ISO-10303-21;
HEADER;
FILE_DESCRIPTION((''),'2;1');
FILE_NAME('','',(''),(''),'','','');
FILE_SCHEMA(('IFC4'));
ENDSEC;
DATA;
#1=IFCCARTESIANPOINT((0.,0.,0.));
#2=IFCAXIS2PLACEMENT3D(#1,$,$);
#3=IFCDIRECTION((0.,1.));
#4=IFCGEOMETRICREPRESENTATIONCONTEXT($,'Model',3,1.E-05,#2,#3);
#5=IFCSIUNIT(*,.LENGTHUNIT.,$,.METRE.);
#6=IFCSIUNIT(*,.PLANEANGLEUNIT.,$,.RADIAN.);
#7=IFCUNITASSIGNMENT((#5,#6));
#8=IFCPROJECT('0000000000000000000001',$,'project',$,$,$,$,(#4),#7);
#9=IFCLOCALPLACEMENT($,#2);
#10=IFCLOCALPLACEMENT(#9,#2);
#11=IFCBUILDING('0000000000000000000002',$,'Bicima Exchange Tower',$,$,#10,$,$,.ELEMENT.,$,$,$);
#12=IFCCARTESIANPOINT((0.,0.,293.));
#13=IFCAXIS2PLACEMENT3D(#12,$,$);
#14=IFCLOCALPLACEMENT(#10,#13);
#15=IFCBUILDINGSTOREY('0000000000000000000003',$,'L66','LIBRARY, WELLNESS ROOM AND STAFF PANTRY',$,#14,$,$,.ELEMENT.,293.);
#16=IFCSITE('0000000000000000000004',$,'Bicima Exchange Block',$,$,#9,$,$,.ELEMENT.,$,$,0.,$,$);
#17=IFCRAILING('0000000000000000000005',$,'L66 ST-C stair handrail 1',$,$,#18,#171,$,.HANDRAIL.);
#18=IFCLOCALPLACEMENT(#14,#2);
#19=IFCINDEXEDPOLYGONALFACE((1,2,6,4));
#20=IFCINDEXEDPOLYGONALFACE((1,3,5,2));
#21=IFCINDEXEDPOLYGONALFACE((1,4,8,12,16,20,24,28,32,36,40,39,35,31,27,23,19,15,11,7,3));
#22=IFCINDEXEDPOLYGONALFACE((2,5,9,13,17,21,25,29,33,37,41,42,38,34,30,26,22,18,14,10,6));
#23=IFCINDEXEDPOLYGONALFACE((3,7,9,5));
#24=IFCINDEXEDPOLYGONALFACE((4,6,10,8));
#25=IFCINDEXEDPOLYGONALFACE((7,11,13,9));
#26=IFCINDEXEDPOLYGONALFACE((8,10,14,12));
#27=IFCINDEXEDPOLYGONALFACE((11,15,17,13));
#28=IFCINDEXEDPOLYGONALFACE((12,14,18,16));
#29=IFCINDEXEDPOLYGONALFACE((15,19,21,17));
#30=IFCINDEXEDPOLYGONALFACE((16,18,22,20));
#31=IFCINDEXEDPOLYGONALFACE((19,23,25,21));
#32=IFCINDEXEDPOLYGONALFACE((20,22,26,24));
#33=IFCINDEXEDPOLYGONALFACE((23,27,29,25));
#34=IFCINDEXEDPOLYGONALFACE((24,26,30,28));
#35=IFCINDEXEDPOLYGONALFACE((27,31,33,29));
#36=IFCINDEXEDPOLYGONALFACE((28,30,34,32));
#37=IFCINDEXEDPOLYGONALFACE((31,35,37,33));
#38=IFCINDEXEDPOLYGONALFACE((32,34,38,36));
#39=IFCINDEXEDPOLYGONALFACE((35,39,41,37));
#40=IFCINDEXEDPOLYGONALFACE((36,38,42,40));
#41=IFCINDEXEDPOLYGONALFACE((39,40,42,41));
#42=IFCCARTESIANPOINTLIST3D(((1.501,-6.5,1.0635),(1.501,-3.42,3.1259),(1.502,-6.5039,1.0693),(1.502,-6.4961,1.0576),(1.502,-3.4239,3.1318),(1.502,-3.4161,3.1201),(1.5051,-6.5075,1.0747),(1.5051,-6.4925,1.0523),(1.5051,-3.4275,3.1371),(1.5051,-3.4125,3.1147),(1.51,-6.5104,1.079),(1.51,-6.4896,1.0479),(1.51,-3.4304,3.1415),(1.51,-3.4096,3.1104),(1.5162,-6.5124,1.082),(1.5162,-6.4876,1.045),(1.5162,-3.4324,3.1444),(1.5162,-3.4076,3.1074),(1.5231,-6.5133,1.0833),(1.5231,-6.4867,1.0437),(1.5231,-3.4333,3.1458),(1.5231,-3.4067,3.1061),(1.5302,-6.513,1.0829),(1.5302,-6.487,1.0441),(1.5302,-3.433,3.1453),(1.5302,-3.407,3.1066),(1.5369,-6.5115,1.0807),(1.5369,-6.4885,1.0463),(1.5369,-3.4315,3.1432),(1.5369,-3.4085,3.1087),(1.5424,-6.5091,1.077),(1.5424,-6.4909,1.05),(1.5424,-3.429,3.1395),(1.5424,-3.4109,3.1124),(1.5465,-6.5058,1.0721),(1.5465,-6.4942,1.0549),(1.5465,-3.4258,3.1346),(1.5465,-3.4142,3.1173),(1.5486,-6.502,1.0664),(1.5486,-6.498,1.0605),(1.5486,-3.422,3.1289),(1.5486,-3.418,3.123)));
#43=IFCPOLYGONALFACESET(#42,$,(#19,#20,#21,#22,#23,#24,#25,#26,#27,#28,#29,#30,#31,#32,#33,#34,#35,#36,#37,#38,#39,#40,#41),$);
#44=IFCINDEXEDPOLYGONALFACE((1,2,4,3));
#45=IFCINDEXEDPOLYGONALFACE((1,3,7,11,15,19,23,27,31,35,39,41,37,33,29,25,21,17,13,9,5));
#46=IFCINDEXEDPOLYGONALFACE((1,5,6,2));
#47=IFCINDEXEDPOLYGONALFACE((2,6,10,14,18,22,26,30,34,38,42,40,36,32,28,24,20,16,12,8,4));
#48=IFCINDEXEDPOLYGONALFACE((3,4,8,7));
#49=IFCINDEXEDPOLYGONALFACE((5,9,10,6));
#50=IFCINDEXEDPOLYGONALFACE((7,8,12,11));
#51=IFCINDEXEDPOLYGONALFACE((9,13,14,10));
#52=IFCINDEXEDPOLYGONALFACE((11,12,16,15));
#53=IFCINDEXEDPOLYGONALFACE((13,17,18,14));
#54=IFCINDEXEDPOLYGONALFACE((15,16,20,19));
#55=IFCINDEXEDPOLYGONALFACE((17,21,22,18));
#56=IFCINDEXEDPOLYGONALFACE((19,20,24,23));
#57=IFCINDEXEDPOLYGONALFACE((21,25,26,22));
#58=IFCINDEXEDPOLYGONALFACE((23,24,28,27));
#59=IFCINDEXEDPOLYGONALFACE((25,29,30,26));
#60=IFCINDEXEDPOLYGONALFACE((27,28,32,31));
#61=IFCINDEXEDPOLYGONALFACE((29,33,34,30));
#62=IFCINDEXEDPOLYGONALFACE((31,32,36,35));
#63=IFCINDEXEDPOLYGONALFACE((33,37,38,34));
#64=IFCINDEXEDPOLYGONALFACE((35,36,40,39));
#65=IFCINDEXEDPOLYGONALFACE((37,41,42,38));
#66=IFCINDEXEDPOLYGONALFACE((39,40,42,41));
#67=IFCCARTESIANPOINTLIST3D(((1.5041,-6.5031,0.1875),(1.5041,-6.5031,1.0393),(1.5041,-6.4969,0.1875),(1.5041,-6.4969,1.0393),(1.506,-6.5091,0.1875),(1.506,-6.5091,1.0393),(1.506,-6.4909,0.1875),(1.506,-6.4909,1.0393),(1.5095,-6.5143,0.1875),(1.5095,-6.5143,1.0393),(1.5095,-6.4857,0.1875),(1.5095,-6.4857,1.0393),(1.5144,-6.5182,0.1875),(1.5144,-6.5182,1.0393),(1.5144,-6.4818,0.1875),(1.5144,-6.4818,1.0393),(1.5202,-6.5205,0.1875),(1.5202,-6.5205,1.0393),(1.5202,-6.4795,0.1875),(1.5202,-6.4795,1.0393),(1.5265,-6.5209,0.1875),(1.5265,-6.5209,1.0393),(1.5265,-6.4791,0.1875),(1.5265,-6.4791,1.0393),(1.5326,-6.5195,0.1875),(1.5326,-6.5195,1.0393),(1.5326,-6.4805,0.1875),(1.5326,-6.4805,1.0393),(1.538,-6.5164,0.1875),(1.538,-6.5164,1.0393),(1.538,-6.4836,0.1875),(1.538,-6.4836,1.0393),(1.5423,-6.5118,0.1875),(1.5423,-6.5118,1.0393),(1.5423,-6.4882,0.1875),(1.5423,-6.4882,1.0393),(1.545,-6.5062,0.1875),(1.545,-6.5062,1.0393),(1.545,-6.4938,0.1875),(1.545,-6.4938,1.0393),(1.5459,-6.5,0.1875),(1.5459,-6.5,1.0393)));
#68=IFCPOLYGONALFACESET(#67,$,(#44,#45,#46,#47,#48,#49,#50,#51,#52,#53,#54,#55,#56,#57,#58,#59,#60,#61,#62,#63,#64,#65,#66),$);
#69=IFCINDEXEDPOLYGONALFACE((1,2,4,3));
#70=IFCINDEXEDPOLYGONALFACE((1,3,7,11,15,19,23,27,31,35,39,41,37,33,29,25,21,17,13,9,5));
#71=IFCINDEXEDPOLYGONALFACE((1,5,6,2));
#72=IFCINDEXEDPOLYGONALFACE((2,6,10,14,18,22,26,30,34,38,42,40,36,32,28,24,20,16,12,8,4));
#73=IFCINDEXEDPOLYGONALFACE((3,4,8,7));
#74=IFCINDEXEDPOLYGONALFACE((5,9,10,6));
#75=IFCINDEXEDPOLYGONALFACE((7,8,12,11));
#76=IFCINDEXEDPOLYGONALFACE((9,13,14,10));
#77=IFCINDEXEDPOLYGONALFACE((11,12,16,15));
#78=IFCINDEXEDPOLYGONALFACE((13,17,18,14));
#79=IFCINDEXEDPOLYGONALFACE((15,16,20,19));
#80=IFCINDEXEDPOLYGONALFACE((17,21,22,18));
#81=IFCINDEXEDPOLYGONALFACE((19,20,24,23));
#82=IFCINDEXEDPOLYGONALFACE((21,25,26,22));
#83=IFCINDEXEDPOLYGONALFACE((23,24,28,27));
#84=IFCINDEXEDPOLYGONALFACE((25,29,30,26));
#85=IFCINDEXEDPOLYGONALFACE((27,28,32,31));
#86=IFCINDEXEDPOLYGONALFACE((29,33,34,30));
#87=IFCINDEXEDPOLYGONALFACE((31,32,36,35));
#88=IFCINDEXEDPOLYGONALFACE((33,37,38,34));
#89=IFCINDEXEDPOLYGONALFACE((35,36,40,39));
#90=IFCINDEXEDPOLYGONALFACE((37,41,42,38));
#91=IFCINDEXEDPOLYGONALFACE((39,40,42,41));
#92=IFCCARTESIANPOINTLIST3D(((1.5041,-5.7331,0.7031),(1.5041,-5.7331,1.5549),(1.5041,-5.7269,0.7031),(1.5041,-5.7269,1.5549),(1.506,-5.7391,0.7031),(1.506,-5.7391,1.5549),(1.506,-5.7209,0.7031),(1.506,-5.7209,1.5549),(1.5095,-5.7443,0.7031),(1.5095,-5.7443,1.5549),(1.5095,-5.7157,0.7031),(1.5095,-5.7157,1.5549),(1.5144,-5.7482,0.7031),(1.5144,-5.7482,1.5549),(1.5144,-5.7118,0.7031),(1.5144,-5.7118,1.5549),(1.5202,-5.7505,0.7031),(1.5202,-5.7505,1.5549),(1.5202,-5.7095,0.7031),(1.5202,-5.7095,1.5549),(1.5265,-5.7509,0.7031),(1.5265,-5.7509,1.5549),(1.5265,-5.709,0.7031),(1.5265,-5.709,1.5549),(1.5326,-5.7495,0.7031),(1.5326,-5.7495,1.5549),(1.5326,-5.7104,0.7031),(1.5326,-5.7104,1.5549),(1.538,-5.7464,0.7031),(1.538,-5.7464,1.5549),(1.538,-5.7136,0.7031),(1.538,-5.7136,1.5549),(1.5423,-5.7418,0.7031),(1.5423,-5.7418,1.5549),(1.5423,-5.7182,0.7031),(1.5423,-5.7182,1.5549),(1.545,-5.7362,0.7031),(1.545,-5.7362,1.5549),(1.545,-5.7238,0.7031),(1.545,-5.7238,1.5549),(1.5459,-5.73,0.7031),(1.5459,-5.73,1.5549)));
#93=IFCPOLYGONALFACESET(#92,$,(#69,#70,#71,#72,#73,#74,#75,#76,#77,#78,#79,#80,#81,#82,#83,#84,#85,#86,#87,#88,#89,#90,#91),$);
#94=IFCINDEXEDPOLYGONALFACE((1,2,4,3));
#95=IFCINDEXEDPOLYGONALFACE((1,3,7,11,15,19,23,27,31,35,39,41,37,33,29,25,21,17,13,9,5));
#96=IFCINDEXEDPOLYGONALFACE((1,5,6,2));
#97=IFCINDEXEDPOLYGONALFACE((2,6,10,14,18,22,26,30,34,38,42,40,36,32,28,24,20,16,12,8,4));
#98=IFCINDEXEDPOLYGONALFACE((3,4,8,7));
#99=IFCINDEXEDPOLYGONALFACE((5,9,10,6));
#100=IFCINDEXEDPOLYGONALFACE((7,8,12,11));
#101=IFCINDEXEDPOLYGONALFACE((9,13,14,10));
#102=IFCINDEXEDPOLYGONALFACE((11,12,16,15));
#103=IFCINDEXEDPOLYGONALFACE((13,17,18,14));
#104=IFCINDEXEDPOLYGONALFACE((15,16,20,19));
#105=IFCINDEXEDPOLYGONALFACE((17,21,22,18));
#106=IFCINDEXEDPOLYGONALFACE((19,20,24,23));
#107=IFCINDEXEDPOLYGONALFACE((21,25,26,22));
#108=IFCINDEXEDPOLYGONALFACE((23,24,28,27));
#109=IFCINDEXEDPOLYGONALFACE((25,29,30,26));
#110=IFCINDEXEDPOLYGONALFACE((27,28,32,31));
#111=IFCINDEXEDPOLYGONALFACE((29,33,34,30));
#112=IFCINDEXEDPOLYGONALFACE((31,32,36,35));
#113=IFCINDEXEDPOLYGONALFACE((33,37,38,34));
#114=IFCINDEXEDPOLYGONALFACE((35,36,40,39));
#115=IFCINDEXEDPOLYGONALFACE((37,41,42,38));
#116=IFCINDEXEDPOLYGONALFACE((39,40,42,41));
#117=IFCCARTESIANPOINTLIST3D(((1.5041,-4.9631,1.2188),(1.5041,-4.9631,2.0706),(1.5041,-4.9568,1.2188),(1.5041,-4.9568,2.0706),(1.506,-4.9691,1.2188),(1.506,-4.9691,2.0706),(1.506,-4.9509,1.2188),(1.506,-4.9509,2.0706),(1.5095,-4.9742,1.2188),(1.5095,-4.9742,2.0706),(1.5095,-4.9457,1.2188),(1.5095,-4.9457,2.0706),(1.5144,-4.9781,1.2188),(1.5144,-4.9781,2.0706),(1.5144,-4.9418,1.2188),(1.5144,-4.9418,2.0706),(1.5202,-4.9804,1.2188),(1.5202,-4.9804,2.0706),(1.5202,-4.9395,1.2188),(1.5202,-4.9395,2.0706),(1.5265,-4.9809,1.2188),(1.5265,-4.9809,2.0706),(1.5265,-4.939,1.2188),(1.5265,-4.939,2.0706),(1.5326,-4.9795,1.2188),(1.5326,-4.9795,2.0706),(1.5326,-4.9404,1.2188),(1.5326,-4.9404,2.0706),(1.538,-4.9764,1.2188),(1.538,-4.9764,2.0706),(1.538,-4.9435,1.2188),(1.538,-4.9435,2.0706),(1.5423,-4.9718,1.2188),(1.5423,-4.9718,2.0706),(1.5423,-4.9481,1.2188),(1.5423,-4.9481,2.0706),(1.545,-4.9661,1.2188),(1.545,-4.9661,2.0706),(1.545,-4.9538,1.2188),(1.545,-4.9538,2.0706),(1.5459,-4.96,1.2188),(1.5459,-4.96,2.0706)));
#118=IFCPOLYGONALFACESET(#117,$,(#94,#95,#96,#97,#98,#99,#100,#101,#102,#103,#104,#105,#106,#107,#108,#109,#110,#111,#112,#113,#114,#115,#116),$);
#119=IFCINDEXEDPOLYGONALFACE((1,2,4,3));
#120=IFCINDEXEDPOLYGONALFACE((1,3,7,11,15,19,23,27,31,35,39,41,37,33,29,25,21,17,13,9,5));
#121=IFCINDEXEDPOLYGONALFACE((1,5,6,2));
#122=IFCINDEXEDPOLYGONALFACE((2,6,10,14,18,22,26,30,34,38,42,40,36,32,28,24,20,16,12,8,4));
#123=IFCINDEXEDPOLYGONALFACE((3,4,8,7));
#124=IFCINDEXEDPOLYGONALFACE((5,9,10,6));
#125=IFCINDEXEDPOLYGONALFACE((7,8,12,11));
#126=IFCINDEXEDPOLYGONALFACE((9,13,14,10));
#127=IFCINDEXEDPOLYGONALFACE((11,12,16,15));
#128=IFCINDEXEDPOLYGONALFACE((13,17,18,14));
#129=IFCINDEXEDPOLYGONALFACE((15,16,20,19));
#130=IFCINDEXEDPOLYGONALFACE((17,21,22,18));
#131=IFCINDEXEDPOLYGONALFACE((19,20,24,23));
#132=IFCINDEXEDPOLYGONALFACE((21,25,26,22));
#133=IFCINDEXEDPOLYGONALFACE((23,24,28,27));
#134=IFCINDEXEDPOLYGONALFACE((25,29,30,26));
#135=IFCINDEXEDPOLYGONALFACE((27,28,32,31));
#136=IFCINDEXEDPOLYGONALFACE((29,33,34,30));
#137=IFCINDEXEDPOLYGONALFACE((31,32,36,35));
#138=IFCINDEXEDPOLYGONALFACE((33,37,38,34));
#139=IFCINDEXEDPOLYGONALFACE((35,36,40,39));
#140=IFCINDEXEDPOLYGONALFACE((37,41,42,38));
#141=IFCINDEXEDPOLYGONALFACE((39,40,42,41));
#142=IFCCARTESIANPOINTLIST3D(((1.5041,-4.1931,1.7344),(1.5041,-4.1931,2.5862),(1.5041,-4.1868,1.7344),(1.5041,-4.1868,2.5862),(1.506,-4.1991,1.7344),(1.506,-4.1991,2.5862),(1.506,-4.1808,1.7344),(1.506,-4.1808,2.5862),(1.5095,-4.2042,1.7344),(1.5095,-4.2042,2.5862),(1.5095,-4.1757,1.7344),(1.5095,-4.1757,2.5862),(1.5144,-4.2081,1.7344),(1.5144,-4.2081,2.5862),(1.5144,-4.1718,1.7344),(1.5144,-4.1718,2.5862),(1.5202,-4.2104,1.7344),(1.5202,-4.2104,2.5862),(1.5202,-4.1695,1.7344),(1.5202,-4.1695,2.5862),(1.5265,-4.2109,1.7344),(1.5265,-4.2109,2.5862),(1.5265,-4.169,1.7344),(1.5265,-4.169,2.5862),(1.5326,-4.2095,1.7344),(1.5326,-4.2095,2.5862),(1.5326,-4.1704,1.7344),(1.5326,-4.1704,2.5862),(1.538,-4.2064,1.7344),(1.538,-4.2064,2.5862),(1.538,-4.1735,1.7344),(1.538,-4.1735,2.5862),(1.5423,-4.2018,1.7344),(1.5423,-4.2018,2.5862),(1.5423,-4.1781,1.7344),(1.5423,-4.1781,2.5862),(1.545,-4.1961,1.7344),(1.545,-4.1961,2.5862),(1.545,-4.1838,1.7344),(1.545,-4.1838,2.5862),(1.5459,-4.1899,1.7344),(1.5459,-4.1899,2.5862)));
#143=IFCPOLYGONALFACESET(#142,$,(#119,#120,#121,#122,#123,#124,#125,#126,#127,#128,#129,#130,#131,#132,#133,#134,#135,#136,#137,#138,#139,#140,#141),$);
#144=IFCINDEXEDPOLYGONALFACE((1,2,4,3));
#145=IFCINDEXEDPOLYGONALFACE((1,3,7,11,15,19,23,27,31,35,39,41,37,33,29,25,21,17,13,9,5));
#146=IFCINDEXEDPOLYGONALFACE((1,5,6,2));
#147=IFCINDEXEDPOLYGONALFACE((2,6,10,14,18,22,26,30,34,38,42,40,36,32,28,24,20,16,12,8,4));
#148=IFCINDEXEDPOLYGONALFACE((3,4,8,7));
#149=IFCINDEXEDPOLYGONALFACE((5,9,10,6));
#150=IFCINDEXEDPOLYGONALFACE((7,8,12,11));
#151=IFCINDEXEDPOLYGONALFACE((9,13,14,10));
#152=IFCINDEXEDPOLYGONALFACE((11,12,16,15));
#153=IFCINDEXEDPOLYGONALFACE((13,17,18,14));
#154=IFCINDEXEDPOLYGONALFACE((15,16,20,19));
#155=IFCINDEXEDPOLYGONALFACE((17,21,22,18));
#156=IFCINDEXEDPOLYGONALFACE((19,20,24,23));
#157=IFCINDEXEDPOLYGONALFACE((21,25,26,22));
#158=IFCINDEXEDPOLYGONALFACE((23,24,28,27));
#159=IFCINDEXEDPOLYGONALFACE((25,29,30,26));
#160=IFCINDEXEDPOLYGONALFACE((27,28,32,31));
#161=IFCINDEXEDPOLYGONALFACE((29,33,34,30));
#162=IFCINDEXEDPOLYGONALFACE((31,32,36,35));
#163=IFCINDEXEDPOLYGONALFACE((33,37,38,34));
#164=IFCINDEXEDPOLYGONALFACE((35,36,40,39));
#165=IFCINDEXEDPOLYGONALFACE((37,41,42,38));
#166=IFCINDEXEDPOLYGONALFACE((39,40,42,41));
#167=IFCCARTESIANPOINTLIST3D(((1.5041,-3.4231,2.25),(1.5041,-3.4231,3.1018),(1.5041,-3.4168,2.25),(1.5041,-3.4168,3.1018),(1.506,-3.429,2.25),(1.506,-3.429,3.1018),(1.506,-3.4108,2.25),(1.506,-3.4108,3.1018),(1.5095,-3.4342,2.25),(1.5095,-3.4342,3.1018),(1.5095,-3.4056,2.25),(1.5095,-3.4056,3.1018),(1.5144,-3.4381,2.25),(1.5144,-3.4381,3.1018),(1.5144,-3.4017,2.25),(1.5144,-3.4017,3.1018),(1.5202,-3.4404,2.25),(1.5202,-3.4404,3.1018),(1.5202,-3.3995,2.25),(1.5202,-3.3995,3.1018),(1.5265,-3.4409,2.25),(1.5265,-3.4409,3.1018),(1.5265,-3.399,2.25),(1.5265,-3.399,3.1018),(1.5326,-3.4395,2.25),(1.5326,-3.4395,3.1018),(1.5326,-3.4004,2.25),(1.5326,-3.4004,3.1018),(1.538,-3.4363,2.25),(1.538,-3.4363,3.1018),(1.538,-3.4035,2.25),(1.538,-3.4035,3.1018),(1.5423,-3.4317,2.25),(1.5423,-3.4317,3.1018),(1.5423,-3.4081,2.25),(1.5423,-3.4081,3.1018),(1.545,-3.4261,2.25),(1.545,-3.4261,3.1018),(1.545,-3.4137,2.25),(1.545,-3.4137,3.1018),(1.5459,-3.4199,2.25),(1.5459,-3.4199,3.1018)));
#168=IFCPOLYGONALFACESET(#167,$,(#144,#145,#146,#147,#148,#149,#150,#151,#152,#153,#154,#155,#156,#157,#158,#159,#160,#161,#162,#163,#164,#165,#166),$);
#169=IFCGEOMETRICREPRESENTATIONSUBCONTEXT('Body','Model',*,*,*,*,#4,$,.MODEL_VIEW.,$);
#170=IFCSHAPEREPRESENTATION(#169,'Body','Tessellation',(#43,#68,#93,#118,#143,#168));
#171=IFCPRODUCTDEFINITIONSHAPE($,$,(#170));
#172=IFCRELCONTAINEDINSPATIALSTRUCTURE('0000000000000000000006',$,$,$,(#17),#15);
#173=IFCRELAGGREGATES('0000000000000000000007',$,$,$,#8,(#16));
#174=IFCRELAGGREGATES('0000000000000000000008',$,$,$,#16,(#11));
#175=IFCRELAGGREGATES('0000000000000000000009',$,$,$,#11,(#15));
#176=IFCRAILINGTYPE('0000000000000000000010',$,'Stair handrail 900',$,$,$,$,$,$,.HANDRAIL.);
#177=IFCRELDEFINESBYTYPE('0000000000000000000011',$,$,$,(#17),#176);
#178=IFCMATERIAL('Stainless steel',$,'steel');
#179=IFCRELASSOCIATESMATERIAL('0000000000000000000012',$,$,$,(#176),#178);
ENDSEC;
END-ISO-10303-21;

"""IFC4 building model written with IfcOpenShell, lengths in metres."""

from ifc_helpers import new_model, si_unit, direction, frame, origin, origin_2d, place, context, subcontext, project, spatial, circle, extrude, material, type_object, element, save


model = new_model("IFC4")

# Units and contexts
model_context = context("Model", 3, precision=1e-05, world=origin(), true_north=direction((0.0, 1.0)))
body_context = subcontext(model_context, "Body", "Model", "MODEL_VIEW")
ifc_project = project(units=[si_unit("LENGTHUNIT", "METRE"), si_unit("PLANEANGLEUNIT", "RADIAN")], contexts=[model_context])

# Site, building, storey
site_placement = place(None, origin())
site = spatial("IfcSite", under=ifc_project, at=site_placement, Name="Bicima Exchange Block", CompositionType="ELEMENT", RefElevation=0.0)
building_placement = place(site_placement, origin())
building = spatial("IfcBuilding", under=site, at=building_placement, Name="Bicima Exchange Tower", CompositionType="ELEMENT")
storey_placement = place(building_placement, frame((0.0, 0.0, 293.0)))
storey = spatial("IfcBuildingStorey", under=building, at=storey_placement, Name="L66", Description="LIBRARY, WELLNESS ROOM AND STAFF PANTRY", CompositionType="ELEMENT", Elevation=293.0)

# Shared definitions
ifc_material_1 = material(Name="Stainless steel", Category="steel")

# Railing
railing_type_1 = type_object("IfcRailingType", Name="Stair handrail 900", PredefinedType="HANDRAIL", material=ifc_material_1)
railing_1_placement = place(storey_placement, frame((1.5249, -6.5, 0.1875)))
element("IfcRailing", 1, at=railing_1_placement, inside=storey, type_object=railing_type_1, Name="L66 ST-C stair handrail 1", PredefinedType="HANDRAIL", context=body_context, shape_type="SweptSolid", body=[
    extrude(circle(Radius=0.0239, at=origin_2d()), frame((0.0, 0.0, 0.876), z_axis=(0.0, 0.830914, 0.556401), x_axis=(-1.0, 0.0, 0.0)), (0.0, 0.0, 1.0), 3.7068),
    extrude(circle(Radius=0.021, at=origin_2d()), origin(), (0.0, 0.0, 1.0), 0.8518),
    extrude(circle(Radius=0.021, at=origin_2d()), frame((0.0, 0.77, 0.5156)), (0.0, 0.0, 1.0), 0.8518),
    extrude(circle(Radius=0.021, at=origin_2d()), frame((0.0, 1.54, 1.0312)), (0.0, 0.0, 1.0), 0.8518),
    extrude(circle(Radius=0.021, at=origin_2d()), frame((0.0, 2.3101, 1.5469)), (0.0, 0.0, 1.0), 0.8518),
    extrude(circle(Radius=0.021, at=origin_2d()), frame((0.0, 3.0801, 2.0625)), (0.0, 0.0, 1.0), 0.8518),
])

save(model, "model.ifc")
